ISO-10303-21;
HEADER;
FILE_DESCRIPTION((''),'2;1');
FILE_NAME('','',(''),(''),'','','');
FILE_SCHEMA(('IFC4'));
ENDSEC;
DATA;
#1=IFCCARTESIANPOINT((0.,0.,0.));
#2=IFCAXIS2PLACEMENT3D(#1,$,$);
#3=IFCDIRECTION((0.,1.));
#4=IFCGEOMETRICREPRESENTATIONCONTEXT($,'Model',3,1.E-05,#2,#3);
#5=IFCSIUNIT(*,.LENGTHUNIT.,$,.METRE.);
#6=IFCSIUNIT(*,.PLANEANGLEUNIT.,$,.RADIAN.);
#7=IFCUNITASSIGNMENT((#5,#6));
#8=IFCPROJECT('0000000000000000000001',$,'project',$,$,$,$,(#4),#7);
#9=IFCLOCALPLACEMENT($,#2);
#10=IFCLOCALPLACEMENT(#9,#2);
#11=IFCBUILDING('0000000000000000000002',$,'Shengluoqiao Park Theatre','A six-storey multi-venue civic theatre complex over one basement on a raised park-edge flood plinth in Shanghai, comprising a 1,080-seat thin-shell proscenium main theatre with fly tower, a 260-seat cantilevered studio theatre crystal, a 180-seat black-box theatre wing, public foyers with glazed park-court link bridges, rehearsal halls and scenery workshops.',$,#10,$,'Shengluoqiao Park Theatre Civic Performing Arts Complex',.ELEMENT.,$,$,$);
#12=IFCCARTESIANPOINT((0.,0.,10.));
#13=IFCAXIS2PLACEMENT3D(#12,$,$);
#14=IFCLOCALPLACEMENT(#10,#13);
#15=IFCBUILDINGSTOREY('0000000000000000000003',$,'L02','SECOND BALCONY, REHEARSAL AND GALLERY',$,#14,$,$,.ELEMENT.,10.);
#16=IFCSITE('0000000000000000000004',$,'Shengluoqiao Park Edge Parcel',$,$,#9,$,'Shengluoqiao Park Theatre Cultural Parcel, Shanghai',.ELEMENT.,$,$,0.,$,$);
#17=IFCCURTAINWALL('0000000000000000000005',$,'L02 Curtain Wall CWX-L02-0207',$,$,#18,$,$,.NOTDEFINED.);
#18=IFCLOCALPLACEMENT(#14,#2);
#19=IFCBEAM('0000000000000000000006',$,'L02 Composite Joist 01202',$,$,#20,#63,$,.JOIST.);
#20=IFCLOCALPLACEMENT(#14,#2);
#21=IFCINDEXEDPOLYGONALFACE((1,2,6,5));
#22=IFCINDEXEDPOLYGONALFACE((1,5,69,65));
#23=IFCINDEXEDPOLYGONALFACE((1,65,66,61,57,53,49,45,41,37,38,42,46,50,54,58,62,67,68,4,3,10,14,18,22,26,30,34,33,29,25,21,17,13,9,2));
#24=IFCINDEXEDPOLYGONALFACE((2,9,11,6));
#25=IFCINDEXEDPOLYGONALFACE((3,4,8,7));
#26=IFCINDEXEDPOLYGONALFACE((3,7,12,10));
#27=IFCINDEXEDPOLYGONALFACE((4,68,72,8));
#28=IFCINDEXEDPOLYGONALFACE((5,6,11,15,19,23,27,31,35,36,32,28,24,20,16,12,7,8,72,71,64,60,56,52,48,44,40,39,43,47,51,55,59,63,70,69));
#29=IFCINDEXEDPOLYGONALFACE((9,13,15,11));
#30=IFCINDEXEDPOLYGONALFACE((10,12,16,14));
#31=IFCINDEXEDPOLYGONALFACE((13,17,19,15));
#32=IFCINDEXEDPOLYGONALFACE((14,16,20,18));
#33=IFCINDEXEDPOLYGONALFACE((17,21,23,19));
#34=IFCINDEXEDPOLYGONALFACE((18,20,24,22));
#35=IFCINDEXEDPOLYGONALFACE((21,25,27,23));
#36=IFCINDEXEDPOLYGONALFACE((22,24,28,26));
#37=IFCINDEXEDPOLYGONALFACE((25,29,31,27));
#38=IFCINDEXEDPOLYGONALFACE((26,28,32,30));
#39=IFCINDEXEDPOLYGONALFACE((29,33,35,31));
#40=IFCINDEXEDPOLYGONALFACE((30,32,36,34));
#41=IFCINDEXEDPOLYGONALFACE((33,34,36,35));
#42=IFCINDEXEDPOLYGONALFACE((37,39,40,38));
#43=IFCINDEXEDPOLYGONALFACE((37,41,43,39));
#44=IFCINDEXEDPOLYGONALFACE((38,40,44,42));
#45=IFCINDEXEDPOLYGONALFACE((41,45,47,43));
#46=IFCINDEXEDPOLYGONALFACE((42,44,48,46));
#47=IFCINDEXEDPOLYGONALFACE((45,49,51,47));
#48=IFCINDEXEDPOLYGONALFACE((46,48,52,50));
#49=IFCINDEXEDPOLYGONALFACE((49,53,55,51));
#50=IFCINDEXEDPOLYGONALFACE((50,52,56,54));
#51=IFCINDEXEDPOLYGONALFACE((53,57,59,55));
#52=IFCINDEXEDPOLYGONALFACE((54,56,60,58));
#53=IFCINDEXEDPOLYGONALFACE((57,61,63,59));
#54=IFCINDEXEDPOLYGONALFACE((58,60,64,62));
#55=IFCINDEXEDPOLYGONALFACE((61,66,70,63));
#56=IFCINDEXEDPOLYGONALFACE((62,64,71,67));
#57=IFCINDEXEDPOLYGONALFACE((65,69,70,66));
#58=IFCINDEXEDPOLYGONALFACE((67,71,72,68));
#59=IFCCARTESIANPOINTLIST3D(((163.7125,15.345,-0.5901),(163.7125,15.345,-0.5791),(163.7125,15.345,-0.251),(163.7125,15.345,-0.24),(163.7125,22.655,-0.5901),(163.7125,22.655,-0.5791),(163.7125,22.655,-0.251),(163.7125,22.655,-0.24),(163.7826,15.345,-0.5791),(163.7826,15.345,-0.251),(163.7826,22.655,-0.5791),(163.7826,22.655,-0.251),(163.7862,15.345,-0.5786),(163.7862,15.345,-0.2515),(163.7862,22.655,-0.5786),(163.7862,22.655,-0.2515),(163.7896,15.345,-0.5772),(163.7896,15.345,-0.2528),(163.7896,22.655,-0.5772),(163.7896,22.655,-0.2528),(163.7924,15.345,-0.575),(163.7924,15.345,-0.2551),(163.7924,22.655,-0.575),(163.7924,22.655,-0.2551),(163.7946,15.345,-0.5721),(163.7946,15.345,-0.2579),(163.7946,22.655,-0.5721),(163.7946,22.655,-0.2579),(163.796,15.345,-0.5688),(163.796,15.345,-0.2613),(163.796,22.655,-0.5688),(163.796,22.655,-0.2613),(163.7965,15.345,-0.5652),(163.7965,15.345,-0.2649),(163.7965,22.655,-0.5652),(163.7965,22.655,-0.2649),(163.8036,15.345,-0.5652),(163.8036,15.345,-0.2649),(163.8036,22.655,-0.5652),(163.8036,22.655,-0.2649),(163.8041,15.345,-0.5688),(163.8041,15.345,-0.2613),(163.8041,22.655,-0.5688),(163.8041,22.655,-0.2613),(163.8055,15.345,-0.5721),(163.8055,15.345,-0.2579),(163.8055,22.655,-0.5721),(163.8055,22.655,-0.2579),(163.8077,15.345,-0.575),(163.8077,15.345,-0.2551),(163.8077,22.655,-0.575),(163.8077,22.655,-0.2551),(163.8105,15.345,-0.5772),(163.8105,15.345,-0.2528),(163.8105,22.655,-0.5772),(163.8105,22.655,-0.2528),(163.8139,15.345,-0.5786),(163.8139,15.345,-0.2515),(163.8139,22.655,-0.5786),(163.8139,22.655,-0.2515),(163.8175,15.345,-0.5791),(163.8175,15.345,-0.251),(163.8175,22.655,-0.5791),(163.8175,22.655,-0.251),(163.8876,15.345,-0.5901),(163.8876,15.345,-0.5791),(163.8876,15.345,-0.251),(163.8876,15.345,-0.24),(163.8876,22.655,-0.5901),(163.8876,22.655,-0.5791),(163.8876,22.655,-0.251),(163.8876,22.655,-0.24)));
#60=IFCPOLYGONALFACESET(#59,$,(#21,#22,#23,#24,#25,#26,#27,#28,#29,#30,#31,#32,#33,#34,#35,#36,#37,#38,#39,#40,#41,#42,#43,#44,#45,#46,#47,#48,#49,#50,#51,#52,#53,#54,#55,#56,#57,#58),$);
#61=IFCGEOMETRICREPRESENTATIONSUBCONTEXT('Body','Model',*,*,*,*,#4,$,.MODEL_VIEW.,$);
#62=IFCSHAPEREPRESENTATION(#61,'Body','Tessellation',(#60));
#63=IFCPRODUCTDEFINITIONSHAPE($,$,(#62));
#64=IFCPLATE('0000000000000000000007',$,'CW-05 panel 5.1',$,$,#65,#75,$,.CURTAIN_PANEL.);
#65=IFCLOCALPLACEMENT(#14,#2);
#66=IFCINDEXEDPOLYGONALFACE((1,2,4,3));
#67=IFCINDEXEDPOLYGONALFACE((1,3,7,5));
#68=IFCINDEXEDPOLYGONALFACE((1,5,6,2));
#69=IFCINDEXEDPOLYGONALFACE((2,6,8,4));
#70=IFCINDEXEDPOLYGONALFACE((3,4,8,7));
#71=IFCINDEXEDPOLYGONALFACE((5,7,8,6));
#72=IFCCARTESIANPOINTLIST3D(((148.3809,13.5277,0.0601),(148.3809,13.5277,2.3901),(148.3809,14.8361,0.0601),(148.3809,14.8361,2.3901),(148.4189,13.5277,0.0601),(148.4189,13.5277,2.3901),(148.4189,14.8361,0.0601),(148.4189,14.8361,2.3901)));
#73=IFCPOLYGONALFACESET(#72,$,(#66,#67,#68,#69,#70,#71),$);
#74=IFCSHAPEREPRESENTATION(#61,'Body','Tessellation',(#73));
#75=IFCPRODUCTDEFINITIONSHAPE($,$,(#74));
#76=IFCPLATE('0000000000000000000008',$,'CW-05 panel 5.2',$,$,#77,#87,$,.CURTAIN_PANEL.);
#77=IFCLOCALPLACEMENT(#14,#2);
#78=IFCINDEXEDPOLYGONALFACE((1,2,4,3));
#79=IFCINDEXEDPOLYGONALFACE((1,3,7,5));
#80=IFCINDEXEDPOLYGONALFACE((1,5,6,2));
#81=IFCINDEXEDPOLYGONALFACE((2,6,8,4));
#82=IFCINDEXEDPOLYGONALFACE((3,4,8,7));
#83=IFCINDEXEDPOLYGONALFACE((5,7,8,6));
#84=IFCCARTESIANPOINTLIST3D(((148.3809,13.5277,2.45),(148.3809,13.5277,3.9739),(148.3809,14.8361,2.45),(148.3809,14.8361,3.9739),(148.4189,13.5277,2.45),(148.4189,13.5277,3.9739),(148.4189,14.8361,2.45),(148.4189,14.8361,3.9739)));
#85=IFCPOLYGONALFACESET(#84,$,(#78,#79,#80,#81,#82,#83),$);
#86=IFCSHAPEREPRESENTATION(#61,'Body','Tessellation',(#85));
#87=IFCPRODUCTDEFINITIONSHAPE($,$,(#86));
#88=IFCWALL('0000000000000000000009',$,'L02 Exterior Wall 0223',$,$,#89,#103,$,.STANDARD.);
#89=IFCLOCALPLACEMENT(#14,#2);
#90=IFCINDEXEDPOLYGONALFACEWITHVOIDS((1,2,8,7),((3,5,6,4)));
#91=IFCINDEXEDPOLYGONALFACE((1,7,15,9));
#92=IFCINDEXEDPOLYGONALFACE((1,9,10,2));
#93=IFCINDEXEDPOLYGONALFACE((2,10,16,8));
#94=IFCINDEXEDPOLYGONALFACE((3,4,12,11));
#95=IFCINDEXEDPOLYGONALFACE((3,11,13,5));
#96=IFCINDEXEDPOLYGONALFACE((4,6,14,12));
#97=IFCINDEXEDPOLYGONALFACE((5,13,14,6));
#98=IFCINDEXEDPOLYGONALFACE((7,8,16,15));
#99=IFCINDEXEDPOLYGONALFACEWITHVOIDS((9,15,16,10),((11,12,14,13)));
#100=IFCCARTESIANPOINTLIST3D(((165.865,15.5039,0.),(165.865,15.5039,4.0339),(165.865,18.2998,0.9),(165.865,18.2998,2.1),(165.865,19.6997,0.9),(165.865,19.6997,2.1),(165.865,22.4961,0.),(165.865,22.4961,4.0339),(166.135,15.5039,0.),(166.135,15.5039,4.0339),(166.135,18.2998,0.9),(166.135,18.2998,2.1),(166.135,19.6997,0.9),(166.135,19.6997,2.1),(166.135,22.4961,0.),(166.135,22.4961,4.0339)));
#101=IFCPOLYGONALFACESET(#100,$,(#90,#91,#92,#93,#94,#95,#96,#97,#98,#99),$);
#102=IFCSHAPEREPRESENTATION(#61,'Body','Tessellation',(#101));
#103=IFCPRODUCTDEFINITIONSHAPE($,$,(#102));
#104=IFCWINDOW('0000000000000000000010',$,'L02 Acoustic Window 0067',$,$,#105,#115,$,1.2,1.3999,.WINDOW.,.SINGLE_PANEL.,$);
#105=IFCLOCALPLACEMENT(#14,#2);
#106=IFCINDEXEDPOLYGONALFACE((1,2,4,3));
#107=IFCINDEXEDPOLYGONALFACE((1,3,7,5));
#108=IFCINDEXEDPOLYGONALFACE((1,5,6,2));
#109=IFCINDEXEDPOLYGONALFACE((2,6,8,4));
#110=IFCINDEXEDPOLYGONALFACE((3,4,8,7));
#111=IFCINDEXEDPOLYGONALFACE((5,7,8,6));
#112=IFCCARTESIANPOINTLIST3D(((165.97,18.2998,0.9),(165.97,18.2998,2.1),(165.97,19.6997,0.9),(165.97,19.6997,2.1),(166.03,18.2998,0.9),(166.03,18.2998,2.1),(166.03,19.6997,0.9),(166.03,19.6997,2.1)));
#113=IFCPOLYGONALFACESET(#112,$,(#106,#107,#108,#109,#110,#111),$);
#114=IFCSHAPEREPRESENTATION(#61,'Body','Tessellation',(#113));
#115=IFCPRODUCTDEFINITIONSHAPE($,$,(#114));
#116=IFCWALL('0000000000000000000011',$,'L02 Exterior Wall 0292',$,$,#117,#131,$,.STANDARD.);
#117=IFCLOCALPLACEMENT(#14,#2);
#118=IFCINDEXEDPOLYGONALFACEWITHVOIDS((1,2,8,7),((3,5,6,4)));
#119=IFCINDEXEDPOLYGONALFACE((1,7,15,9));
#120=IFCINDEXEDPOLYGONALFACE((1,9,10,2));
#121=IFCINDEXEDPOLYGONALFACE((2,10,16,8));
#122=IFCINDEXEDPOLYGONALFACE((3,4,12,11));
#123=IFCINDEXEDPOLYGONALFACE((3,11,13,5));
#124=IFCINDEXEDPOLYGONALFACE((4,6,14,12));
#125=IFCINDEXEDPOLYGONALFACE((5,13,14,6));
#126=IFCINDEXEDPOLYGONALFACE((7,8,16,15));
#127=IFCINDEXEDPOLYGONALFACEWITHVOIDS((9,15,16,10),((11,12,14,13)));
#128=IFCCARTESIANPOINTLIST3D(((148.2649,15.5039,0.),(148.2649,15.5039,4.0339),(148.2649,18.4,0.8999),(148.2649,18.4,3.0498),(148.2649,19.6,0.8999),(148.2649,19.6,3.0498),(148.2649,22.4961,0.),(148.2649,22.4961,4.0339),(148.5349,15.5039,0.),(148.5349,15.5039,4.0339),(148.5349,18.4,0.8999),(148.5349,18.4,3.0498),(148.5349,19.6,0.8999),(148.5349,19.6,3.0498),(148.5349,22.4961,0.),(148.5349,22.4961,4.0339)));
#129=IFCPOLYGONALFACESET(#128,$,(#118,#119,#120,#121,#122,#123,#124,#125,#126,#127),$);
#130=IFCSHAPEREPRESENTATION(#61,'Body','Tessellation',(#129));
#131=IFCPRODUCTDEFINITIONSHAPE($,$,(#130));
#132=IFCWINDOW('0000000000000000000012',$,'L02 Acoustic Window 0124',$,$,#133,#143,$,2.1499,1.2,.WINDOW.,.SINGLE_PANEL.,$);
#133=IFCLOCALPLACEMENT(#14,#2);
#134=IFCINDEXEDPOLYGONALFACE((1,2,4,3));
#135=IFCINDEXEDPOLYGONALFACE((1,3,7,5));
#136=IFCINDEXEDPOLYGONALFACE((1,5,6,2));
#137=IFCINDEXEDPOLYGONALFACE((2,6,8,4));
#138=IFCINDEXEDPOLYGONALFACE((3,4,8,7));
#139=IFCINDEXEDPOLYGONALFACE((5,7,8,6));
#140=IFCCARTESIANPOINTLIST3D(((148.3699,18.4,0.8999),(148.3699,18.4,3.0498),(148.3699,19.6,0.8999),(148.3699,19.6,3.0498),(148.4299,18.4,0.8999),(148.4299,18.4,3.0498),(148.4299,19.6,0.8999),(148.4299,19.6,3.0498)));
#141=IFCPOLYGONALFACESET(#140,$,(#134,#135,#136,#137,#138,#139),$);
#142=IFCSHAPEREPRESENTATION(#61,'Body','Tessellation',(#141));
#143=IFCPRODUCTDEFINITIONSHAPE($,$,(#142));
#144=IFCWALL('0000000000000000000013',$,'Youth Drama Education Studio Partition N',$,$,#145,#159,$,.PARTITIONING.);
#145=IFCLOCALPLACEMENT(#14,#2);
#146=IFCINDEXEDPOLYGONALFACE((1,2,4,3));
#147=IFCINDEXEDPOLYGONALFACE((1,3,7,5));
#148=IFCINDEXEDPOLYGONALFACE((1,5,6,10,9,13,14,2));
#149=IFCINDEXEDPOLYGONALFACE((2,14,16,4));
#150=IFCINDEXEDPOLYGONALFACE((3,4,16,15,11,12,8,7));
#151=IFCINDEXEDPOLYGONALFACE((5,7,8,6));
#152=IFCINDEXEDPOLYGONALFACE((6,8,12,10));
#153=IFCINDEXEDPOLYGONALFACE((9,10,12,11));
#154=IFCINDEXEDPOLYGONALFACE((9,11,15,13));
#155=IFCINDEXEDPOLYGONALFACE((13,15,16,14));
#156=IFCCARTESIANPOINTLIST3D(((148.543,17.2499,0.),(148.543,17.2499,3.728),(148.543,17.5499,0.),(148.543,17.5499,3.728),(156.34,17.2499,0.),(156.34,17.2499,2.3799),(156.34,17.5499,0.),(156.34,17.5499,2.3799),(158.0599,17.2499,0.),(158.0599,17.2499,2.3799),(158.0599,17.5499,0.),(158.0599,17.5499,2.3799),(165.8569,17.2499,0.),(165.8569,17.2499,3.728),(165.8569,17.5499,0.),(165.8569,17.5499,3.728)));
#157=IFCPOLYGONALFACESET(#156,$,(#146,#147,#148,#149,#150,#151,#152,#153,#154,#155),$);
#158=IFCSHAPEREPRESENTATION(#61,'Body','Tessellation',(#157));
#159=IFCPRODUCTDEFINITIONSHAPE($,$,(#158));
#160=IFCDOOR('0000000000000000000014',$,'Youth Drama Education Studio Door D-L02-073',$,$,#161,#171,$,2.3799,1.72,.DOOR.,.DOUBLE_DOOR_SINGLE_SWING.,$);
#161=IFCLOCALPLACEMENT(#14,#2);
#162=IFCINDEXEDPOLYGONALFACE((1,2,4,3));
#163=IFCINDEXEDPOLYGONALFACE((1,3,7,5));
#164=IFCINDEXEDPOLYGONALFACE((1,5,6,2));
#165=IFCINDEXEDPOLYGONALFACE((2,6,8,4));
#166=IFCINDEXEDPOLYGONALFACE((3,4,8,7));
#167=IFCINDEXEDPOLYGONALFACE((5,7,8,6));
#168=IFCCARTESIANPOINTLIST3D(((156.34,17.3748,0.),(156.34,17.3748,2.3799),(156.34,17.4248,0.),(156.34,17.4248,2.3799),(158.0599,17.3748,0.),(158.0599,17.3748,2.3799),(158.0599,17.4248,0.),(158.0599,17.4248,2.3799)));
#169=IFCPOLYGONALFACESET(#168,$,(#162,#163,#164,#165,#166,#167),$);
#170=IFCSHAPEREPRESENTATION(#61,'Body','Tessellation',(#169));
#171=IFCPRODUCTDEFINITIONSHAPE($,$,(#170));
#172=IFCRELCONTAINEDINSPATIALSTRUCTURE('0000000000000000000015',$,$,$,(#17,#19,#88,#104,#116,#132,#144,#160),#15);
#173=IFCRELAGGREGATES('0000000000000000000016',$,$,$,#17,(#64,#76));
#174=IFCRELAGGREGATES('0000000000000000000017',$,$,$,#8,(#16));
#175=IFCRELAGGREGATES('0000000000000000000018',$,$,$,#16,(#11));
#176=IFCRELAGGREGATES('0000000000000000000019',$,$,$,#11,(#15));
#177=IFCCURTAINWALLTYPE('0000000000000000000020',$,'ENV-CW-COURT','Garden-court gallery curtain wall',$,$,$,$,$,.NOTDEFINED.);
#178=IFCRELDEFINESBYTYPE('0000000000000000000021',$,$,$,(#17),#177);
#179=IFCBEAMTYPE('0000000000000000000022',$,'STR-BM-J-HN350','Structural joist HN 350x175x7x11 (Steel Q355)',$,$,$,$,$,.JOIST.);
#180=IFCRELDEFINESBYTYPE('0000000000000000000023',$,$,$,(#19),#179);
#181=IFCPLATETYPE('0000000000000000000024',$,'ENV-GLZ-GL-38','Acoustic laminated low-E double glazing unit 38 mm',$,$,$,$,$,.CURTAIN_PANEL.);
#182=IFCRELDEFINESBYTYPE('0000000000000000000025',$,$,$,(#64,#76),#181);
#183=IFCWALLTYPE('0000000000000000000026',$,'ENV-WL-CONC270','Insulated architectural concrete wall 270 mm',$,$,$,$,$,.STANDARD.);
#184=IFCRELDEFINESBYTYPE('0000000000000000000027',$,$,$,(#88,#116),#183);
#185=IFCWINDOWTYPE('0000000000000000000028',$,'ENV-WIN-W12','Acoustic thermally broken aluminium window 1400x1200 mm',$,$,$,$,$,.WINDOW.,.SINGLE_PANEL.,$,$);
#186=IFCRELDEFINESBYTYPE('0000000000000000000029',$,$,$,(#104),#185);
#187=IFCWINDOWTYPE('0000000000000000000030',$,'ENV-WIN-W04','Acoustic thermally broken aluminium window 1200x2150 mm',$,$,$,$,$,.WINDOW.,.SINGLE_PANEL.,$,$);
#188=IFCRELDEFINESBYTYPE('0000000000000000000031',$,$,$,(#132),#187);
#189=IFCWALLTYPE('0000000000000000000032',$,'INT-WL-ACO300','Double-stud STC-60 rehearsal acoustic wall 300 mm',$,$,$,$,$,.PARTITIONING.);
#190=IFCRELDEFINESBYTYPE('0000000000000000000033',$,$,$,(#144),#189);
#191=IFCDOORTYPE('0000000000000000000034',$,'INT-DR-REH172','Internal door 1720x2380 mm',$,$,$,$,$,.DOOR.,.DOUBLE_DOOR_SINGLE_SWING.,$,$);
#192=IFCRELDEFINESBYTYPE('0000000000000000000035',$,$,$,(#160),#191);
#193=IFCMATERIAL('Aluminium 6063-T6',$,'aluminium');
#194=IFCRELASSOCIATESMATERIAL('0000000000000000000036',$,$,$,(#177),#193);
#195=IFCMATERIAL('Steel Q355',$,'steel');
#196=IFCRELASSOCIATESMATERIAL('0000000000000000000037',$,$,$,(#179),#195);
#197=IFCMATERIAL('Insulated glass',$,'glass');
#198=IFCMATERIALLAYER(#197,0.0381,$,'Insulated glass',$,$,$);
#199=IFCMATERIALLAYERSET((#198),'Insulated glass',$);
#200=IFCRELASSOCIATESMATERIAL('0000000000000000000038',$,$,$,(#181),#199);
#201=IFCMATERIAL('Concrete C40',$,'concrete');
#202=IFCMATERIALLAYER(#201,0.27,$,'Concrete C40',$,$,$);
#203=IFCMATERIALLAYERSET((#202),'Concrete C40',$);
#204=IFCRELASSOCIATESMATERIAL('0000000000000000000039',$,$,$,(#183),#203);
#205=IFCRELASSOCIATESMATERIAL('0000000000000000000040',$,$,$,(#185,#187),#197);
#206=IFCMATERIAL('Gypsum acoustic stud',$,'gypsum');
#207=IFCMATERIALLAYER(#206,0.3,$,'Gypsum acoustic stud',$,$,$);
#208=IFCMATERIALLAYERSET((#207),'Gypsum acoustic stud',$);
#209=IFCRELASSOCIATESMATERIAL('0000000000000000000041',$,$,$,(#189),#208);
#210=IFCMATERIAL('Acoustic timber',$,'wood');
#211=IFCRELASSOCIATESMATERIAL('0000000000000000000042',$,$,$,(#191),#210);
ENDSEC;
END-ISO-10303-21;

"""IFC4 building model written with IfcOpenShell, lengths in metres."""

from ifc_helpers import new_model, si_unit, direction, frame, frame_2d, origin, origin_2d, place, context, subcontext, project, spatial, rectangle, i_section, extrude, material, layer, layer_set, material_profile, profile_set, type_object, element, fill, aggregate, save


model = new_model("IFC4")

# Units and contexts
model_context = context("Model", 3, precision=1e-05, world=origin(), true_north=direction((0.0, 1.0)))
body_context = subcontext(model_context, "Body", "Model", "MODEL_VIEW")
ifc_project = project(units=[si_unit("LENGTHUNIT", "METRE"), si_unit("PLANEANGLEUNIT", "RADIAN")], contexts=[model_context])

# Site, building, storey
site_placement = place(None, origin())
site = spatial("IfcSite", under=ifc_project, at=site_placement, Name="Shengluoqiao Park Edge Parcel", LongName="Shengluoqiao Park Theatre Cultural Parcel, Shanghai", CompositionType="ELEMENT", RefElevation=0.0)
building_placement = place(site_placement, origin())
building = spatial("IfcBuilding", under=site, at=building_placement, Name="Shengluoqiao Park Theatre", Description="A six-storey multi-venue civic theatre complex over one basement on a raised park-edge flood plinth in Shanghai, comprising a 1,080-seat thin-shell proscenium main theatre with fly tower, a 260-seat cantilevered studio theatre crystal, a 180-seat black-box theatre wing, public foyers with glazed park-court link bridges, rehearsal halls and scenery workshops.", LongName="Shengluoqiao Park Theatre Civic Performing Arts Complex", CompositionType="ELEMENT")
storey_placement = place(building_placement, frame((0.0, 0.0, 10.0)))
storey = spatial("IfcBuildingStorey", under=building, at=storey_placement, Name="L02", Description="SECOND BALCONY, REHEARSAL AND GALLERY", CompositionType="ELEMENT", Elevation=10.0)

# Shared definitions
ifc_material_1 = material(Name="Concrete C40", Category="concrete")

# Curtain wall
ifc_material_2 = material(Name="Aluminium 6063-T6", Category="aluminium")
curtain_wall_type = type_object("IfcCurtainWallType", Name="ENV-CW-COURT", Description="Garden-court gallery curtain wall", PredefinedType="NOTDEFINED", material=ifc_material_2)
curtain_wall_placement = place(storey_placement, origin())
curtain_wall = element("IfcCurtainWall", 1, at=curtain_wall_placement, inside=storey, type_object=curtain_wall_type, Name="L02 Curtain Wall CWX-L02-0207", PredefinedType="NOTDEFINED")

# Beam
ifc_material_3 = material(Name="Steel Q355", Category="steel")
ifc_material_profile_1 = material_profile(ifc_material_3, i_section(OverallWidth=0.175, OverallDepth=0.3501, WebThickness=0.0071, FlangeThickness=0.011, FilletRadius=0.0139, at=origin_2d()), Name="HN 350x175x7x11")
ifc_profile_set_1 = profile_set([ifc_material_profile_1], Name="Steel Q355")
beam_type_1 = type_object("IfcBeamType", Name="STR-BM-J-HN350", Description="Structural joist HN 350x175x7x11 (Steel Q355)", PredefinedType="JOIST", material=ifc_profile_set_1)
for number, where, z_axis, x_axis, name in (
    (2, (163.8, 15.345, -0.415), (0.0, 1.0, 0.0), (-1.0, 0.0, 0.0), "L02 Composite Joist 01202"),
):
    element("IfcBeam", number, at=place(storey_placement, frame(where, z_axis=z_axis, x_axis=x_axis)), inside=storey, type_object=beam_type_1, Name=name, PredefinedType="JOIST", context=body_context, shape_type="SweptSolid", body=[
        extrude(i_section(OverallWidth=0.175, OverallDepth=0.3501, WebThickness=0.0071, FlangeThickness=0.011, FilletRadius=0.0139, at=origin_2d()), origin(), (0.0, 0.0, 1.0), 7.3101),
    ])

# Plates
ifc_material_4 = material(Name="Insulated glass", Category="glass")
ifc_layer_1 = layer(ifc_material_4, 0.0381, Name="Insulated glass")
ifc_layer_set_1 = layer_set([ifc_layer_1], Name="Insulated glass")
plate_type = type_object("IfcPlateType", Name="ENV-GLZ-GL-38", Description="Acoustic laminated low-E double glazing unit 38 mm", PredefinedType="CURTAIN_PANEL", material=ifc_layer_set_1)
plate_1_placement = place(storey_placement, frame((148.3999, 14.1819, 0.0601), z_axis=(0.0, 0.0, 1.0), x_axis=(0.0, 1.0, 0.0)))
plate_1 = element("IfcPlate", 3, at=plate_1_placement, type_object=plate_type, Name="CW-05 panel 5.1", PredefinedType="CURTAIN_PANEL", context=body_context, shape_type="SweptSolid", body=[
    extrude(rectangle(XDim=1.3083, YDim=0.0381, at=origin_2d()), origin(), (0.0, 0.0, 1.0), 2.3301),
])
plate_2_placement = place(storey_placement, frame((148.3999, 14.1819, 2.45), z_axis=(0.0, 0.0, 1.0), x_axis=(0.0, 1.0, 0.0)))
plate_2 = element("IfcPlate", 4, at=plate_2_placement, type_object=plate_type, Name="CW-05 panel 5.2", PredefinedType="CURTAIN_PANEL", context=body_context, shape_type="SweptSolid", body=[
    extrude(rectangle(XDim=1.3083, YDim=0.0381, at=origin_2d()), origin(), (0.0, 0.0, 1.0), 1.5239),
])
aggregate(curtain_wall, [plate_1, plate_2])

# Walls, openings, windows
ifc_layer_2 = layer(ifc_material_1, 0.27, Name="Concrete C40")
ifc_layer_set_2 = layer_set([ifc_layer_2], Name="Concrete C40")
wall_type_1 = type_object("IfcWallType", Name="ENV-WL-CONC270", Description="Insulated architectural concrete wall 270 mm", PredefinedType="STANDARD", material=ifc_layer_set_2)
wall_1_placement = place(storey_placement, frame((166.0, 15.5039, 0.0), z_axis=(0.0, 0.0, 1.0), x_axis=(0.0, 1.0, 0.0)))
wall_1 = element("IfcWall", 5, at=wall_1_placement, inside=storey, type_object=wall_type_1, Name="L02 Exterior Wall 0223", PredefinedType="STANDARD", context=body_context, shape_type="SweptSolid", body=[
    extrude(rectangle(XDim=6.9922, YDim=0.27, at=frame_2d((3.4961, 0.0))), origin(), (0.0, 0.0, 1.0), 4.0339),
])
opening_1_placement = place(wall_1_placement, frame((2.7959, 0.0, 0.8999)))
opening_1 = element("IfcOpeningElement", 6, at=opening_1_placement, cuts=wall_1, PredefinedType="OPENING", context=body_context, shape_type="SweptSolid", body=[
    extrude(rectangle(XDim=1.3999, YDim=1.2, at=frame_2d((0.7, 0.6001))), frame((0.0, 0.145, 0.0), z_axis=(0.0, -1.0, 0.0), x_axis=(1.0, 0.0, 0.0)), (0.0, 0.0, 1.0), 0.29),
])
window_type_1 = type_object("IfcWindowType", Name="ENV-WIN-W12", Description="Acoustic thermally broken aluminium window 1400x1200 mm", PartitioningType="SINGLE_PANEL", PredefinedType="WINDOW", material=ifc_material_4)
window_1_placement = place(opening_1_placement, origin())
window_1 = element("IfcWindow", 7, at=window_1_placement, inside=storey, type_object=window_type_1, Name="L02 Acoustic Window 0067", OverallHeight=1.2, OverallWidth=1.3999, PartitioningType="SINGLE_PANEL", PredefinedType="WINDOW", context=body_context, shape_type="SweptSolid", body=[
    extrude(rectangle(XDim=1.3999, YDim=1.2, at=frame_2d((0.7, 0.6001))), frame((0.0, 0.03, 0.0), z_axis=(0.0, -1.0, 0.0), x_axis=(1.0, 0.0, 0.0)), (0.0, 0.0, 1.0), 0.0601),
])
fill(opening_1, window_1)
wall_2_placement = place(storey_placement, frame((148.3999, 15.5039, 0.0), z_axis=(0.0, 0.0, 1.0), x_axis=(0.0, 1.0, 0.0)))
wall_2 = element("IfcWall", 8, at=wall_2_placement, inside=storey, type_object=wall_type_1, Name="L02 Exterior Wall 0292", PredefinedType="STANDARD", context=body_context, shape_type="SweptSolid", body=[
    extrude(rectangle(XDim=6.9922, YDim=0.27, at=frame_2d((3.4961, 0.0))), origin(), (0.0, 0.0, 1.0), 4.0339),
])
opening_2_placement = place(wall_2_placement, frame((2.896, 0.0, 0.8999)))
opening_2 = element("IfcOpeningElement", 9, at=opening_2_placement, cuts=wall_2, PredefinedType="OPENING", context=body_context, shape_type="SweptSolid", body=[
    extrude(rectangle(XDim=1.2, YDim=2.1499, at=frame_2d((0.6001, 1.075))), frame((0.0, 0.145, 0.0), z_axis=(0.0, -1.0, 0.0), x_axis=(1.0, 0.0, 0.0)), (0.0, 0.0, 1.0), 0.29),
])
window_type_2 = type_object("IfcWindowType", Name="ENV-WIN-W04", Description="Acoustic thermally broken aluminium window 1200x2150 mm", PartitioningType="SINGLE_PANEL", PredefinedType="WINDOW", material=ifc_material_4)
window_2_placement = place(opening_2_placement, origin())
window_2 = element("IfcWindow", 10, at=window_2_placement, inside=storey, type_object=window_type_2, Name="L02 Acoustic Window 0124", OverallHeight=2.1499, OverallWidth=1.2, PartitioningType="SINGLE_PANEL", PredefinedType="WINDOW", context=body_context, shape_type="SweptSolid", body=[
    extrude(rectangle(XDim=1.2, YDim=2.1499, at=frame_2d((0.6001, 1.075))), frame((0.0, 0.03, 0.0), z_axis=(0.0, -1.0, 0.0), x_axis=(1.0, 0.0, 0.0)), (0.0, 0.0, 1.0), 0.0601),
])
fill(opening_2, window_2)

# Wall, opening, door
ifc_material_5 = material(Name="Gypsum acoustic stud", Category="gypsum")
ifc_layer_3 = layer(ifc_material_5, 0.3, Name="Gypsum acoustic stud")
ifc_layer_set_3 = layer_set([ifc_layer_3], Name="Gypsum acoustic stud")
wall_type_2 = type_object("IfcWallType", Name="INT-WL-ACO300", Description="Double-stud STC-60 rehearsal acoustic wall 300 mm", PredefinedType="PARTITIONING", material=ifc_layer_set_3)
wall_3_placement = place(storey_placement, frame((148.543, 17.3999, 0.0), z_axis=(0.0, 0.0, 1.0), x_axis=(1.0, 0.0, 0.0)))
wall_3 = element("IfcWall", 11, at=wall_3_placement, inside=storey, type_object=wall_type_2, Name="Youth Drama Education Studio Partition N", PredefinedType="PARTITIONING", context=body_context, shape_type="SweptSolid", body=[
    extrude(rectangle(XDim=17.314, YDim=0.3, at=frame_2d((8.657, 0.0))), origin(), (0.0, 0.0, 1.0), 3.728),
])
opening_3_placement = place(wall_3_placement, frame((7.7971, 0.0, 0.0)))
opening_3 = element("IfcOpeningElement", 12, at=opening_3_placement, cuts=wall_3, PredefinedType="OPENING", context=body_context, shape_type="SweptSolid", body=[
    extrude(rectangle(XDim=1.72, YDim=2.3799, at=frame_2d((0.8599, 1.1899))), frame((0.0, 0.1599, 0.0), z_axis=(0.0, -1.0, 0.0), x_axis=(1.0, 0.0, 0.0)), (0.0, 0.0, 1.0), 0.3201),
])
ifc_material_6 = material(Name="Acoustic timber", Category="wood")
door_type_1 = type_object("IfcDoorType", Name="INT-DR-REH172", Description="Internal door 1720x2380 mm", OperationType="DOUBLE_DOOR_SINGLE_SWING", PredefinedType="DOOR", material=ifc_material_6)
door_1_placement = place(opening_3_placement, origin())
door_1 = element("IfcDoor", 13, at=door_1_placement, inside=storey, type_object=door_type_1, Name="Youth Drama Education Studio Door D-L02-073", OperationType="DOUBLE_DOOR_SINGLE_SWING", OverallHeight=2.3799, OverallWidth=1.72, PredefinedType="DOOR", context=body_context, shape_type="SweptSolid", body=[
    extrude(rectangle(XDim=1.72, YDim=2.3799, at=frame_2d((0.8599, 1.1899))), frame((0.0, 0.0249, 0.0), z_axis=(0.0, -1.0, 0.0), x_axis=(1.0, 0.0, 0.0)), (0.0, 0.0, 1.0), 0.05),
])
fill(opening_3, door_1)

save(model, "model.ifc")
